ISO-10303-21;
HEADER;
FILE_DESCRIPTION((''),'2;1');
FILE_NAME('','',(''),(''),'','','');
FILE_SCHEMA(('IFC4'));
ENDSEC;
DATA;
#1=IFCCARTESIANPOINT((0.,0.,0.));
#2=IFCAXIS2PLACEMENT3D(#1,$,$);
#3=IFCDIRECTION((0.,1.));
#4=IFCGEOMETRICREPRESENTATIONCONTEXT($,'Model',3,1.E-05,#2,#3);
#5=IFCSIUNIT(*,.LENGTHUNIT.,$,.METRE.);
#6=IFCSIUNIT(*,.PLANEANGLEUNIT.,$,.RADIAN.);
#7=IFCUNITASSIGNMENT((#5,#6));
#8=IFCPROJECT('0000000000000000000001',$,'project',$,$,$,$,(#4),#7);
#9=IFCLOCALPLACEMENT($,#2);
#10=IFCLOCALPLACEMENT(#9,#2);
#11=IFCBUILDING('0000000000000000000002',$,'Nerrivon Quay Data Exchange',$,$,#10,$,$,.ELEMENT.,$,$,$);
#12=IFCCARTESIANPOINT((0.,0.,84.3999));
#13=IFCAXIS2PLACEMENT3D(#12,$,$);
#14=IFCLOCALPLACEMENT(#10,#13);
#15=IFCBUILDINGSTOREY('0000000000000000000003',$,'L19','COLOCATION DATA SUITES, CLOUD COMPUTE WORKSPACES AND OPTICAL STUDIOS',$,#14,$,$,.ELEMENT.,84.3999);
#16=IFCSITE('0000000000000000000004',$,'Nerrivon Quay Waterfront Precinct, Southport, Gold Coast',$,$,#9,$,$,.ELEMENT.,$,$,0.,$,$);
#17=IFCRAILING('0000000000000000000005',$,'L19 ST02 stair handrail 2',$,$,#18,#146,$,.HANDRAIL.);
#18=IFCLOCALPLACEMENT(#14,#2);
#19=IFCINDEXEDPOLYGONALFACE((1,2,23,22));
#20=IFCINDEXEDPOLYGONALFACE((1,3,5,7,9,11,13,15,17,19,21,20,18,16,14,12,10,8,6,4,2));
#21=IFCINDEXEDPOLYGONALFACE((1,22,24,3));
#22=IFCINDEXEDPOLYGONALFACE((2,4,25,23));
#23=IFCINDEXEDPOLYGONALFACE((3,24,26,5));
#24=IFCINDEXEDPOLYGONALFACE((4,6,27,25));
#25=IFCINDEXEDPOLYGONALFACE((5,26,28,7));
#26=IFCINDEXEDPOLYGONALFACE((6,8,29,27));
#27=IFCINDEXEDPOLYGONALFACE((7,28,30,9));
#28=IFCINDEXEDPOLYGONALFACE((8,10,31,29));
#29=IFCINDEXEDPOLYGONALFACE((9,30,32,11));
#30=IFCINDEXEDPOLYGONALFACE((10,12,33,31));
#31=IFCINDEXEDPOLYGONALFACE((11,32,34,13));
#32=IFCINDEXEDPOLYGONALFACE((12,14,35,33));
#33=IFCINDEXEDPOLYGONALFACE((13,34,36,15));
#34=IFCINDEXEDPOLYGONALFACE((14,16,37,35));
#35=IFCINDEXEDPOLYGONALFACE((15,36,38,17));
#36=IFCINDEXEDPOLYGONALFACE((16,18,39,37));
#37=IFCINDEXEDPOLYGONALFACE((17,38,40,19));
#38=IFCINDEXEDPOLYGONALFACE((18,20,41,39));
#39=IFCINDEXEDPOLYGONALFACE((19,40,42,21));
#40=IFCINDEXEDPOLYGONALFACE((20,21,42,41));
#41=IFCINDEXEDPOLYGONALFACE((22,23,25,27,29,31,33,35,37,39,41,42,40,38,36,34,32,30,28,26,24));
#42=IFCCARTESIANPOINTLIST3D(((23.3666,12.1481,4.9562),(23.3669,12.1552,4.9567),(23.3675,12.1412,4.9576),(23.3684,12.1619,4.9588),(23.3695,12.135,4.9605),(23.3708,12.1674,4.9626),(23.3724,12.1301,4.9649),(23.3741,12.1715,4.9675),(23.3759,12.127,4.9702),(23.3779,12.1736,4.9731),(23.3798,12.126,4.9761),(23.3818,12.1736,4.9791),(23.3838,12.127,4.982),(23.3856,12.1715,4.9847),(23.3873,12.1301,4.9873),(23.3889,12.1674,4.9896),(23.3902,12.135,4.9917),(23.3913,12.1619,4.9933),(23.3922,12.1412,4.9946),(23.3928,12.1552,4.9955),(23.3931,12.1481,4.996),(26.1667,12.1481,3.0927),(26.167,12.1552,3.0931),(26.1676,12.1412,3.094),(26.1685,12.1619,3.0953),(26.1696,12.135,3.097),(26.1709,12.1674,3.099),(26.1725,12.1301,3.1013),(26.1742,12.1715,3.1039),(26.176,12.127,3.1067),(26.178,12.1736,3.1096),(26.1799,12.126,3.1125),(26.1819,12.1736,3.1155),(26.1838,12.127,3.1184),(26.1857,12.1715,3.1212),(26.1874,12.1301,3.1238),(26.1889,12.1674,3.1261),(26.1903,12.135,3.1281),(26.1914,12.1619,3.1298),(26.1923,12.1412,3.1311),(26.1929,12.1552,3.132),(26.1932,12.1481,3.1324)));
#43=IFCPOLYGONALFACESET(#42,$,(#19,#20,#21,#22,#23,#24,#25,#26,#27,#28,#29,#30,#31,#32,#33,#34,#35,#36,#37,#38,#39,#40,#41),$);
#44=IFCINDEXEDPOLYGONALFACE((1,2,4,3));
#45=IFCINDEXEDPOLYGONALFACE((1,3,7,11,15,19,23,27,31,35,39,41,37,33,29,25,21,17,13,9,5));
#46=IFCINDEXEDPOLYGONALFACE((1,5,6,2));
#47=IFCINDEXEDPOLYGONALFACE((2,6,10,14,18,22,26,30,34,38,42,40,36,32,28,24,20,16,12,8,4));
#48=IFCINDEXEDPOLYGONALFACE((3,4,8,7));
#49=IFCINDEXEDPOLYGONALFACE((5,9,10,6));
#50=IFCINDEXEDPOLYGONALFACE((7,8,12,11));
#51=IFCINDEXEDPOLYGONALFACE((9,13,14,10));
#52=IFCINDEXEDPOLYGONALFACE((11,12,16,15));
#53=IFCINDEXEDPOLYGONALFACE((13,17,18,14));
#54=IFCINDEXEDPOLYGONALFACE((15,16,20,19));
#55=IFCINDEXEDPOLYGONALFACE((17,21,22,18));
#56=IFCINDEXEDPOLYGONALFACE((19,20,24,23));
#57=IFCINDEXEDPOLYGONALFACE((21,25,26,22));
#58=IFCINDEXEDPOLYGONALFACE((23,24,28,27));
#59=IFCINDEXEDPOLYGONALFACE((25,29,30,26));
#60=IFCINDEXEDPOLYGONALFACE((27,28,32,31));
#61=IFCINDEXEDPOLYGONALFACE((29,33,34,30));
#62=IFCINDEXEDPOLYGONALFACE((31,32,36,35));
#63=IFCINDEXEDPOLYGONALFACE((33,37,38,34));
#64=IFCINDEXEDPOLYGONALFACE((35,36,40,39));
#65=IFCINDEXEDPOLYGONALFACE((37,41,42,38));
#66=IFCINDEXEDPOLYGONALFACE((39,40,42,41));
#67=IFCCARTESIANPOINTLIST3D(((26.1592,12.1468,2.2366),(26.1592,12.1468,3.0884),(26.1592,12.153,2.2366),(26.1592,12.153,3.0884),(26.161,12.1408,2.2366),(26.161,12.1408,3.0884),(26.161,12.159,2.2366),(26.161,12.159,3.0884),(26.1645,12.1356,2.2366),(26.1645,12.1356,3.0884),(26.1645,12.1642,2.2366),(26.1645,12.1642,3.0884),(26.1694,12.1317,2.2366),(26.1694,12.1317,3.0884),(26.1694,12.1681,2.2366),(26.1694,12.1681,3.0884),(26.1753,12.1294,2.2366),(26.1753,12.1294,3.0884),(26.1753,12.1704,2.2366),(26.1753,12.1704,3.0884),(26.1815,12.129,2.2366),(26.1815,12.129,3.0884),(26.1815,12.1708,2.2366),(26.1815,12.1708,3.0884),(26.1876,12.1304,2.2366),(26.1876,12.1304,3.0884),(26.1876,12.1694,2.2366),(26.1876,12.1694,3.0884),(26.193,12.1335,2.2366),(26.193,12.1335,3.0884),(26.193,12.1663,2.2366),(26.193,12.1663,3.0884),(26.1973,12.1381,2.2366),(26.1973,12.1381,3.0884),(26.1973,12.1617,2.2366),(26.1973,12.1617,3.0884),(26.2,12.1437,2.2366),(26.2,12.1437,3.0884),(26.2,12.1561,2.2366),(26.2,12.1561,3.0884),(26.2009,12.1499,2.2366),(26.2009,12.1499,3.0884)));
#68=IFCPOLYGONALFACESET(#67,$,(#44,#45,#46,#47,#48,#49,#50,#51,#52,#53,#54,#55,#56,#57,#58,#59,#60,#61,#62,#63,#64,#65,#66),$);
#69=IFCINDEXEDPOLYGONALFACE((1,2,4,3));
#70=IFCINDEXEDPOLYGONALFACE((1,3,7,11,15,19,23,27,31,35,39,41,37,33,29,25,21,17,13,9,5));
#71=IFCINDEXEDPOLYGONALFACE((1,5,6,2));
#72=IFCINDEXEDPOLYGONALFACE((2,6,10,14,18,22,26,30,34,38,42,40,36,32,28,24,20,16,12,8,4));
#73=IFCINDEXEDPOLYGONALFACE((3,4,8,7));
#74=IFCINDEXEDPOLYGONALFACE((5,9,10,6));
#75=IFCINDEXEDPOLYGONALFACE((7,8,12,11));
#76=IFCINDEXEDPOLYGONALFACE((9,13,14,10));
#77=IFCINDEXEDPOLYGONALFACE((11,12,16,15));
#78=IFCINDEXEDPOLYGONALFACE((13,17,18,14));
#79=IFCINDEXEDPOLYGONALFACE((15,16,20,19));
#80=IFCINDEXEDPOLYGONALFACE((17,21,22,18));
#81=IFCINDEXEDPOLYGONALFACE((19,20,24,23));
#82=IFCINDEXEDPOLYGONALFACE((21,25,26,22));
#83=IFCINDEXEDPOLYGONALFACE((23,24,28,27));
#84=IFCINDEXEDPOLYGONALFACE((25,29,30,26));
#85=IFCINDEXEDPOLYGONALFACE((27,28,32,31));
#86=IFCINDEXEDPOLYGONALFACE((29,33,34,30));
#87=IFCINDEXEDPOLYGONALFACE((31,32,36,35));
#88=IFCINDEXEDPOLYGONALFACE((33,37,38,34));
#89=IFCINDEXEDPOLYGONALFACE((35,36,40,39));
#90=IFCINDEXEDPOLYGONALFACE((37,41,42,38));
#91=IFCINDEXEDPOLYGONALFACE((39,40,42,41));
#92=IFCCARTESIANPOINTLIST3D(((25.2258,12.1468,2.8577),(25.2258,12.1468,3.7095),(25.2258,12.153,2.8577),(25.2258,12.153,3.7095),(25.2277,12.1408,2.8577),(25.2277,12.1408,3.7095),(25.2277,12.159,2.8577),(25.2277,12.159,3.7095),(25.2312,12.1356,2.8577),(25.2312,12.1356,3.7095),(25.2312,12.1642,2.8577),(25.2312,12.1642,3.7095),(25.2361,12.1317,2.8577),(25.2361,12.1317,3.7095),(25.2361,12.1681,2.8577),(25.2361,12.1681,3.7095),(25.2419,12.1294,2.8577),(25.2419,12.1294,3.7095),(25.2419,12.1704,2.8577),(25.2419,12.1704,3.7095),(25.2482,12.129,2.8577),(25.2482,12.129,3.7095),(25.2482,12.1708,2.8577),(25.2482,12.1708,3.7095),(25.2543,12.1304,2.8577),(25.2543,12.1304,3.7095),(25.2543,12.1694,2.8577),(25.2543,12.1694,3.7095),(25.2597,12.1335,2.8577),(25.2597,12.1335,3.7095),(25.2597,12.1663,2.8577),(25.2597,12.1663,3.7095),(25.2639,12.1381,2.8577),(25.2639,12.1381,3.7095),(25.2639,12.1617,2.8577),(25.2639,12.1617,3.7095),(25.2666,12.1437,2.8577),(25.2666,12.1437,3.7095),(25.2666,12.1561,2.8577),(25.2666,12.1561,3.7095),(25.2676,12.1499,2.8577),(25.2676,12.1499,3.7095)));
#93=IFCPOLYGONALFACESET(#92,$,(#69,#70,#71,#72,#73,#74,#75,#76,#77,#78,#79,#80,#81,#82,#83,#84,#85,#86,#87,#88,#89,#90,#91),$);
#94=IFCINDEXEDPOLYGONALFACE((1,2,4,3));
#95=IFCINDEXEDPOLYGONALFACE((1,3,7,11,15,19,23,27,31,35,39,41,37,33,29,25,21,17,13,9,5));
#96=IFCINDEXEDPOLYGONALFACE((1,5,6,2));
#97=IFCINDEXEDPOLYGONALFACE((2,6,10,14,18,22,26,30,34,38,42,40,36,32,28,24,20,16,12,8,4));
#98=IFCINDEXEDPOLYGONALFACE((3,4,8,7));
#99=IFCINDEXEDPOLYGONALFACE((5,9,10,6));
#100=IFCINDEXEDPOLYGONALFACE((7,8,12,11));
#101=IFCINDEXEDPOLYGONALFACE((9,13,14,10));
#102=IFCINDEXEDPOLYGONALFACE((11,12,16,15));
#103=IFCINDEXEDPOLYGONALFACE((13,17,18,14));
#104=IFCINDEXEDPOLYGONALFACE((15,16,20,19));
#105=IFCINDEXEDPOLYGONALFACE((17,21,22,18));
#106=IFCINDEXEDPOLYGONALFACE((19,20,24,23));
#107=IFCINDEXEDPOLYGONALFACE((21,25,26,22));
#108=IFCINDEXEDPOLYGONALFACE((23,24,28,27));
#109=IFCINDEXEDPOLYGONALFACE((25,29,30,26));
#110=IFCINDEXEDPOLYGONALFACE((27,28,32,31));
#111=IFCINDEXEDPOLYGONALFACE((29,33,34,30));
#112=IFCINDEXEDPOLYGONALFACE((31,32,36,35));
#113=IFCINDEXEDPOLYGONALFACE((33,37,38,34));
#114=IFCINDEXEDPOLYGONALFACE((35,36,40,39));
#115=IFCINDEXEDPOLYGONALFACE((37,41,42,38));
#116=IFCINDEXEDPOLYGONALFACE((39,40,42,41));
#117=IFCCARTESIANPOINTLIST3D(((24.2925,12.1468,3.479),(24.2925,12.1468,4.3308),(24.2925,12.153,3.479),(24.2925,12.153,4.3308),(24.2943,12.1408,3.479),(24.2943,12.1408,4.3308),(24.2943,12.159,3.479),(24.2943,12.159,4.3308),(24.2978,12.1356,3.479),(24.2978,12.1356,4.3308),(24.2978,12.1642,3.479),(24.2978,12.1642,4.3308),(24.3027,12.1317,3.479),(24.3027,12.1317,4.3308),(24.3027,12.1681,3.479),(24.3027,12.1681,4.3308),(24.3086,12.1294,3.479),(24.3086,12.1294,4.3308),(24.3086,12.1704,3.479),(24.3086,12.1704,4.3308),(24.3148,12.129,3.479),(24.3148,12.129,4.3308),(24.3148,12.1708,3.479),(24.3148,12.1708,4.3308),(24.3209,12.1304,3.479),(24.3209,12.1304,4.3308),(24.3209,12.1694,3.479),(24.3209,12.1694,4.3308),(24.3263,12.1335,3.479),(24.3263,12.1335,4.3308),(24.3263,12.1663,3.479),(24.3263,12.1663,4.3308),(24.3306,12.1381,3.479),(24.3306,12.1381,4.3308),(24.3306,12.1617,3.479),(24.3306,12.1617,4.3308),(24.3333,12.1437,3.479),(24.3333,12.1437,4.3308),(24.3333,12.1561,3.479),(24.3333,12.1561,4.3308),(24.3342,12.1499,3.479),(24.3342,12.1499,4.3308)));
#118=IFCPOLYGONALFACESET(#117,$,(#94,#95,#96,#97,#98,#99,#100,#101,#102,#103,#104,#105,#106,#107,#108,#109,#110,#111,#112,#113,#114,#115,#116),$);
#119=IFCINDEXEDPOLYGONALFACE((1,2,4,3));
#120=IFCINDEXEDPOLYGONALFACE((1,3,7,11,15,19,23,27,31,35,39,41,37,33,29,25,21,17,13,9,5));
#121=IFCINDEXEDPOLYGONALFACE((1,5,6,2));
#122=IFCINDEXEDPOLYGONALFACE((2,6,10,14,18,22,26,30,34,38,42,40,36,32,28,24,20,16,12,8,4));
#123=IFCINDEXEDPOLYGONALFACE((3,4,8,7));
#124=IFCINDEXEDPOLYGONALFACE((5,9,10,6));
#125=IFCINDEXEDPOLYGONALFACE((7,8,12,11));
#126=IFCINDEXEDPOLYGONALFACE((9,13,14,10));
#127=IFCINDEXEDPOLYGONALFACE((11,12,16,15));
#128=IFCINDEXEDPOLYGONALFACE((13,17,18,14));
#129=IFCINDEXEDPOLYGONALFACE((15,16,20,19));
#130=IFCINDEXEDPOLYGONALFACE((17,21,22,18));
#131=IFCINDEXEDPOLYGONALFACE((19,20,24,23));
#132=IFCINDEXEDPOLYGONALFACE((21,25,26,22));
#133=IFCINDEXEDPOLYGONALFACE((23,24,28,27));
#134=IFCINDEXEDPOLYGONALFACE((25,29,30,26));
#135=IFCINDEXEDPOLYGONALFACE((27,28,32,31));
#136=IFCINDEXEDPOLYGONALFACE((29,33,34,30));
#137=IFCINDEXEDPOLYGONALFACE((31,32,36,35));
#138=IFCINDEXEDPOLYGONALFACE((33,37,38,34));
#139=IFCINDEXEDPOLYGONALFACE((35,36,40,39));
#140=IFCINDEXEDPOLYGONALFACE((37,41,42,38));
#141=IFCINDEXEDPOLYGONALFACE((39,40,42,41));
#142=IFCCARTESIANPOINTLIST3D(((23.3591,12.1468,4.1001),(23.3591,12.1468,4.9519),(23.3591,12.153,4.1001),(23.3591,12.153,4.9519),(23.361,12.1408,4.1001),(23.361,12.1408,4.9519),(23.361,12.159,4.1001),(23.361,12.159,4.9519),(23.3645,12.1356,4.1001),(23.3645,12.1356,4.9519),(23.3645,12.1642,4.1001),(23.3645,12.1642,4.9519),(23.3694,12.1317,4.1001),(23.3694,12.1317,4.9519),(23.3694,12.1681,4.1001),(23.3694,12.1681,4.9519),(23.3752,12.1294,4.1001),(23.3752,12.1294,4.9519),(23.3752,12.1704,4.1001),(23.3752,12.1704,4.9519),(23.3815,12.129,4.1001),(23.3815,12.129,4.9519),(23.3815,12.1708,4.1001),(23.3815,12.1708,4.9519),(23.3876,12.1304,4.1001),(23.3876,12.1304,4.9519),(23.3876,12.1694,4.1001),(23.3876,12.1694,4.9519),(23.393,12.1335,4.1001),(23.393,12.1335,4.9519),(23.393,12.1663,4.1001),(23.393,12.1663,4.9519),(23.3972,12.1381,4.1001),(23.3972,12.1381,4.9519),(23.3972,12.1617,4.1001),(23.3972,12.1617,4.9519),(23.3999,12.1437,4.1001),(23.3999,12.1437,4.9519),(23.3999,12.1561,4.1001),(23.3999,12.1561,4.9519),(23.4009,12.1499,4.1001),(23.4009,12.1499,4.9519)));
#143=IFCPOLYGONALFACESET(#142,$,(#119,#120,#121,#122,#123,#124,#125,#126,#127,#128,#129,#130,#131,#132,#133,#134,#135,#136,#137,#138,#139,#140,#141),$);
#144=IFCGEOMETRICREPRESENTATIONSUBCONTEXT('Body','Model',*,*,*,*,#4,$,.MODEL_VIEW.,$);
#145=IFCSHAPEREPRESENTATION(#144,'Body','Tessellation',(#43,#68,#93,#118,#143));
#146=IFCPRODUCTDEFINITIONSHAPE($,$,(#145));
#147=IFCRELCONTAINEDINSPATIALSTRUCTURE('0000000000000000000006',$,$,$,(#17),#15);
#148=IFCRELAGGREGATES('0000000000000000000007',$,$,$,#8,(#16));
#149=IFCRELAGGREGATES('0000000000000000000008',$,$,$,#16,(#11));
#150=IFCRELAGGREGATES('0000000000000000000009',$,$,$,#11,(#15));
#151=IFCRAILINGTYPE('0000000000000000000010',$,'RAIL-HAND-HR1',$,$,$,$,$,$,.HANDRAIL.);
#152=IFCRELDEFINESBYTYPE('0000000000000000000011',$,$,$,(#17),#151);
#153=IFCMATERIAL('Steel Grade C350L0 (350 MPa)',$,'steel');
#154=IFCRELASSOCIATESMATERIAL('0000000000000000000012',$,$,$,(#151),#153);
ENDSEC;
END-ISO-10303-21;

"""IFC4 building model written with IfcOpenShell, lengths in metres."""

from ifc_helpers import new_model, si_unit, direction, frame, origin, origin_2d, place, context, subcontext, project, spatial, circle, extrude, material, type_object, element, save


model = new_model("IFC4")

# Units and contexts
model_context = context("Model", 3, precision=1e-05, world=origin(), true_north=direction((0.0, 1.0)))
body_context = subcontext(model_context, "Body", "Model", "MODEL_VIEW")
ifc_project = project(units=[si_unit("LENGTHUNIT", "METRE"), si_unit("PLANEANGLEUNIT", "RADIAN")], contexts=[model_context])

# Site, building, storey
site_placement = place(None, origin())
site = spatial("IfcSite", under=ifc_project, at=site_placement, Name="Nerrivon Quay Waterfront Precinct, Southport, Gold Coast", CompositionType="ELEMENT", RefElevation=0.0)
building_placement = place(site_placement, origin())
building = spatial("IfcBuilding", under=site, at=building_placement, Name="Nerrivon Quay Data Exchange", CompositionType="ELEMENT")
storey_placement = place(building_placement, frame((0.0, 0.0, 84.3999)))
storey = spatial("IfcBuildingStorey", under=building, at=storey_placement, Name="L19", Description="COLOCATION DATA SUITES, CLOUD COMPUTE WORKSPACES AND OPTICAL STUDIOS", CompositionType="ELEMENT", Elevation=84.3999)

# Railing
ifc_material_1 = material(Name="Steel Grade C350L0 (350 MPa)", Category="steel")
railing_type_1 = type_object("IfcRailingType", Name="RAIL-HAND-HR1", PredefinedType="HANDRAIL", material=ifc_material_1)
railing_1_placement = place(storey_placement, frame((26.1799, 12.1499, 2.2366)))
element("IfcRailing", 1, at=railing_1_placement, inside=storey, type_object=railing_type_1, Name="L19 ST02 stair handrail 2", PredefinedType="HANDRAIL", context=body_context, shape_type="SweptSolid", body=[
    extrude(circle(Radius=0.0239, at=origin_2d()), frame((0.0, 0.0, 0.876), z_axis=(-0.832486, 0.0, 0.554047), x_axis=(0.0, -1.0, 0.0)), (0.0, 0.0, 1.0), 3.3635),
    extrude(circle(Radius=0.021, at=origin_2d()), origin(), (0.0, 0.0, 1.0), 0.8518),
    extrude(circle(Radius=0.021, at=origin_2d()), frame((-0.9333, 0.0, 0.6211)), (0.0, 0.0, 1.0), 0.8518),
    extrude(circle(Radius=0.021, at=origin_2d()), frame((-1.8667, 0.0, 1.2424)), (0.0, 0.0, 1.0), 0.8518),
    extrude(circle(Radius=0.021, at=origin_2d()), frame((-2.8, 0.0, 1.8635)), (0.0, 0.0, 1.0), 0.8518),
])

save(model, "model.ifc")
